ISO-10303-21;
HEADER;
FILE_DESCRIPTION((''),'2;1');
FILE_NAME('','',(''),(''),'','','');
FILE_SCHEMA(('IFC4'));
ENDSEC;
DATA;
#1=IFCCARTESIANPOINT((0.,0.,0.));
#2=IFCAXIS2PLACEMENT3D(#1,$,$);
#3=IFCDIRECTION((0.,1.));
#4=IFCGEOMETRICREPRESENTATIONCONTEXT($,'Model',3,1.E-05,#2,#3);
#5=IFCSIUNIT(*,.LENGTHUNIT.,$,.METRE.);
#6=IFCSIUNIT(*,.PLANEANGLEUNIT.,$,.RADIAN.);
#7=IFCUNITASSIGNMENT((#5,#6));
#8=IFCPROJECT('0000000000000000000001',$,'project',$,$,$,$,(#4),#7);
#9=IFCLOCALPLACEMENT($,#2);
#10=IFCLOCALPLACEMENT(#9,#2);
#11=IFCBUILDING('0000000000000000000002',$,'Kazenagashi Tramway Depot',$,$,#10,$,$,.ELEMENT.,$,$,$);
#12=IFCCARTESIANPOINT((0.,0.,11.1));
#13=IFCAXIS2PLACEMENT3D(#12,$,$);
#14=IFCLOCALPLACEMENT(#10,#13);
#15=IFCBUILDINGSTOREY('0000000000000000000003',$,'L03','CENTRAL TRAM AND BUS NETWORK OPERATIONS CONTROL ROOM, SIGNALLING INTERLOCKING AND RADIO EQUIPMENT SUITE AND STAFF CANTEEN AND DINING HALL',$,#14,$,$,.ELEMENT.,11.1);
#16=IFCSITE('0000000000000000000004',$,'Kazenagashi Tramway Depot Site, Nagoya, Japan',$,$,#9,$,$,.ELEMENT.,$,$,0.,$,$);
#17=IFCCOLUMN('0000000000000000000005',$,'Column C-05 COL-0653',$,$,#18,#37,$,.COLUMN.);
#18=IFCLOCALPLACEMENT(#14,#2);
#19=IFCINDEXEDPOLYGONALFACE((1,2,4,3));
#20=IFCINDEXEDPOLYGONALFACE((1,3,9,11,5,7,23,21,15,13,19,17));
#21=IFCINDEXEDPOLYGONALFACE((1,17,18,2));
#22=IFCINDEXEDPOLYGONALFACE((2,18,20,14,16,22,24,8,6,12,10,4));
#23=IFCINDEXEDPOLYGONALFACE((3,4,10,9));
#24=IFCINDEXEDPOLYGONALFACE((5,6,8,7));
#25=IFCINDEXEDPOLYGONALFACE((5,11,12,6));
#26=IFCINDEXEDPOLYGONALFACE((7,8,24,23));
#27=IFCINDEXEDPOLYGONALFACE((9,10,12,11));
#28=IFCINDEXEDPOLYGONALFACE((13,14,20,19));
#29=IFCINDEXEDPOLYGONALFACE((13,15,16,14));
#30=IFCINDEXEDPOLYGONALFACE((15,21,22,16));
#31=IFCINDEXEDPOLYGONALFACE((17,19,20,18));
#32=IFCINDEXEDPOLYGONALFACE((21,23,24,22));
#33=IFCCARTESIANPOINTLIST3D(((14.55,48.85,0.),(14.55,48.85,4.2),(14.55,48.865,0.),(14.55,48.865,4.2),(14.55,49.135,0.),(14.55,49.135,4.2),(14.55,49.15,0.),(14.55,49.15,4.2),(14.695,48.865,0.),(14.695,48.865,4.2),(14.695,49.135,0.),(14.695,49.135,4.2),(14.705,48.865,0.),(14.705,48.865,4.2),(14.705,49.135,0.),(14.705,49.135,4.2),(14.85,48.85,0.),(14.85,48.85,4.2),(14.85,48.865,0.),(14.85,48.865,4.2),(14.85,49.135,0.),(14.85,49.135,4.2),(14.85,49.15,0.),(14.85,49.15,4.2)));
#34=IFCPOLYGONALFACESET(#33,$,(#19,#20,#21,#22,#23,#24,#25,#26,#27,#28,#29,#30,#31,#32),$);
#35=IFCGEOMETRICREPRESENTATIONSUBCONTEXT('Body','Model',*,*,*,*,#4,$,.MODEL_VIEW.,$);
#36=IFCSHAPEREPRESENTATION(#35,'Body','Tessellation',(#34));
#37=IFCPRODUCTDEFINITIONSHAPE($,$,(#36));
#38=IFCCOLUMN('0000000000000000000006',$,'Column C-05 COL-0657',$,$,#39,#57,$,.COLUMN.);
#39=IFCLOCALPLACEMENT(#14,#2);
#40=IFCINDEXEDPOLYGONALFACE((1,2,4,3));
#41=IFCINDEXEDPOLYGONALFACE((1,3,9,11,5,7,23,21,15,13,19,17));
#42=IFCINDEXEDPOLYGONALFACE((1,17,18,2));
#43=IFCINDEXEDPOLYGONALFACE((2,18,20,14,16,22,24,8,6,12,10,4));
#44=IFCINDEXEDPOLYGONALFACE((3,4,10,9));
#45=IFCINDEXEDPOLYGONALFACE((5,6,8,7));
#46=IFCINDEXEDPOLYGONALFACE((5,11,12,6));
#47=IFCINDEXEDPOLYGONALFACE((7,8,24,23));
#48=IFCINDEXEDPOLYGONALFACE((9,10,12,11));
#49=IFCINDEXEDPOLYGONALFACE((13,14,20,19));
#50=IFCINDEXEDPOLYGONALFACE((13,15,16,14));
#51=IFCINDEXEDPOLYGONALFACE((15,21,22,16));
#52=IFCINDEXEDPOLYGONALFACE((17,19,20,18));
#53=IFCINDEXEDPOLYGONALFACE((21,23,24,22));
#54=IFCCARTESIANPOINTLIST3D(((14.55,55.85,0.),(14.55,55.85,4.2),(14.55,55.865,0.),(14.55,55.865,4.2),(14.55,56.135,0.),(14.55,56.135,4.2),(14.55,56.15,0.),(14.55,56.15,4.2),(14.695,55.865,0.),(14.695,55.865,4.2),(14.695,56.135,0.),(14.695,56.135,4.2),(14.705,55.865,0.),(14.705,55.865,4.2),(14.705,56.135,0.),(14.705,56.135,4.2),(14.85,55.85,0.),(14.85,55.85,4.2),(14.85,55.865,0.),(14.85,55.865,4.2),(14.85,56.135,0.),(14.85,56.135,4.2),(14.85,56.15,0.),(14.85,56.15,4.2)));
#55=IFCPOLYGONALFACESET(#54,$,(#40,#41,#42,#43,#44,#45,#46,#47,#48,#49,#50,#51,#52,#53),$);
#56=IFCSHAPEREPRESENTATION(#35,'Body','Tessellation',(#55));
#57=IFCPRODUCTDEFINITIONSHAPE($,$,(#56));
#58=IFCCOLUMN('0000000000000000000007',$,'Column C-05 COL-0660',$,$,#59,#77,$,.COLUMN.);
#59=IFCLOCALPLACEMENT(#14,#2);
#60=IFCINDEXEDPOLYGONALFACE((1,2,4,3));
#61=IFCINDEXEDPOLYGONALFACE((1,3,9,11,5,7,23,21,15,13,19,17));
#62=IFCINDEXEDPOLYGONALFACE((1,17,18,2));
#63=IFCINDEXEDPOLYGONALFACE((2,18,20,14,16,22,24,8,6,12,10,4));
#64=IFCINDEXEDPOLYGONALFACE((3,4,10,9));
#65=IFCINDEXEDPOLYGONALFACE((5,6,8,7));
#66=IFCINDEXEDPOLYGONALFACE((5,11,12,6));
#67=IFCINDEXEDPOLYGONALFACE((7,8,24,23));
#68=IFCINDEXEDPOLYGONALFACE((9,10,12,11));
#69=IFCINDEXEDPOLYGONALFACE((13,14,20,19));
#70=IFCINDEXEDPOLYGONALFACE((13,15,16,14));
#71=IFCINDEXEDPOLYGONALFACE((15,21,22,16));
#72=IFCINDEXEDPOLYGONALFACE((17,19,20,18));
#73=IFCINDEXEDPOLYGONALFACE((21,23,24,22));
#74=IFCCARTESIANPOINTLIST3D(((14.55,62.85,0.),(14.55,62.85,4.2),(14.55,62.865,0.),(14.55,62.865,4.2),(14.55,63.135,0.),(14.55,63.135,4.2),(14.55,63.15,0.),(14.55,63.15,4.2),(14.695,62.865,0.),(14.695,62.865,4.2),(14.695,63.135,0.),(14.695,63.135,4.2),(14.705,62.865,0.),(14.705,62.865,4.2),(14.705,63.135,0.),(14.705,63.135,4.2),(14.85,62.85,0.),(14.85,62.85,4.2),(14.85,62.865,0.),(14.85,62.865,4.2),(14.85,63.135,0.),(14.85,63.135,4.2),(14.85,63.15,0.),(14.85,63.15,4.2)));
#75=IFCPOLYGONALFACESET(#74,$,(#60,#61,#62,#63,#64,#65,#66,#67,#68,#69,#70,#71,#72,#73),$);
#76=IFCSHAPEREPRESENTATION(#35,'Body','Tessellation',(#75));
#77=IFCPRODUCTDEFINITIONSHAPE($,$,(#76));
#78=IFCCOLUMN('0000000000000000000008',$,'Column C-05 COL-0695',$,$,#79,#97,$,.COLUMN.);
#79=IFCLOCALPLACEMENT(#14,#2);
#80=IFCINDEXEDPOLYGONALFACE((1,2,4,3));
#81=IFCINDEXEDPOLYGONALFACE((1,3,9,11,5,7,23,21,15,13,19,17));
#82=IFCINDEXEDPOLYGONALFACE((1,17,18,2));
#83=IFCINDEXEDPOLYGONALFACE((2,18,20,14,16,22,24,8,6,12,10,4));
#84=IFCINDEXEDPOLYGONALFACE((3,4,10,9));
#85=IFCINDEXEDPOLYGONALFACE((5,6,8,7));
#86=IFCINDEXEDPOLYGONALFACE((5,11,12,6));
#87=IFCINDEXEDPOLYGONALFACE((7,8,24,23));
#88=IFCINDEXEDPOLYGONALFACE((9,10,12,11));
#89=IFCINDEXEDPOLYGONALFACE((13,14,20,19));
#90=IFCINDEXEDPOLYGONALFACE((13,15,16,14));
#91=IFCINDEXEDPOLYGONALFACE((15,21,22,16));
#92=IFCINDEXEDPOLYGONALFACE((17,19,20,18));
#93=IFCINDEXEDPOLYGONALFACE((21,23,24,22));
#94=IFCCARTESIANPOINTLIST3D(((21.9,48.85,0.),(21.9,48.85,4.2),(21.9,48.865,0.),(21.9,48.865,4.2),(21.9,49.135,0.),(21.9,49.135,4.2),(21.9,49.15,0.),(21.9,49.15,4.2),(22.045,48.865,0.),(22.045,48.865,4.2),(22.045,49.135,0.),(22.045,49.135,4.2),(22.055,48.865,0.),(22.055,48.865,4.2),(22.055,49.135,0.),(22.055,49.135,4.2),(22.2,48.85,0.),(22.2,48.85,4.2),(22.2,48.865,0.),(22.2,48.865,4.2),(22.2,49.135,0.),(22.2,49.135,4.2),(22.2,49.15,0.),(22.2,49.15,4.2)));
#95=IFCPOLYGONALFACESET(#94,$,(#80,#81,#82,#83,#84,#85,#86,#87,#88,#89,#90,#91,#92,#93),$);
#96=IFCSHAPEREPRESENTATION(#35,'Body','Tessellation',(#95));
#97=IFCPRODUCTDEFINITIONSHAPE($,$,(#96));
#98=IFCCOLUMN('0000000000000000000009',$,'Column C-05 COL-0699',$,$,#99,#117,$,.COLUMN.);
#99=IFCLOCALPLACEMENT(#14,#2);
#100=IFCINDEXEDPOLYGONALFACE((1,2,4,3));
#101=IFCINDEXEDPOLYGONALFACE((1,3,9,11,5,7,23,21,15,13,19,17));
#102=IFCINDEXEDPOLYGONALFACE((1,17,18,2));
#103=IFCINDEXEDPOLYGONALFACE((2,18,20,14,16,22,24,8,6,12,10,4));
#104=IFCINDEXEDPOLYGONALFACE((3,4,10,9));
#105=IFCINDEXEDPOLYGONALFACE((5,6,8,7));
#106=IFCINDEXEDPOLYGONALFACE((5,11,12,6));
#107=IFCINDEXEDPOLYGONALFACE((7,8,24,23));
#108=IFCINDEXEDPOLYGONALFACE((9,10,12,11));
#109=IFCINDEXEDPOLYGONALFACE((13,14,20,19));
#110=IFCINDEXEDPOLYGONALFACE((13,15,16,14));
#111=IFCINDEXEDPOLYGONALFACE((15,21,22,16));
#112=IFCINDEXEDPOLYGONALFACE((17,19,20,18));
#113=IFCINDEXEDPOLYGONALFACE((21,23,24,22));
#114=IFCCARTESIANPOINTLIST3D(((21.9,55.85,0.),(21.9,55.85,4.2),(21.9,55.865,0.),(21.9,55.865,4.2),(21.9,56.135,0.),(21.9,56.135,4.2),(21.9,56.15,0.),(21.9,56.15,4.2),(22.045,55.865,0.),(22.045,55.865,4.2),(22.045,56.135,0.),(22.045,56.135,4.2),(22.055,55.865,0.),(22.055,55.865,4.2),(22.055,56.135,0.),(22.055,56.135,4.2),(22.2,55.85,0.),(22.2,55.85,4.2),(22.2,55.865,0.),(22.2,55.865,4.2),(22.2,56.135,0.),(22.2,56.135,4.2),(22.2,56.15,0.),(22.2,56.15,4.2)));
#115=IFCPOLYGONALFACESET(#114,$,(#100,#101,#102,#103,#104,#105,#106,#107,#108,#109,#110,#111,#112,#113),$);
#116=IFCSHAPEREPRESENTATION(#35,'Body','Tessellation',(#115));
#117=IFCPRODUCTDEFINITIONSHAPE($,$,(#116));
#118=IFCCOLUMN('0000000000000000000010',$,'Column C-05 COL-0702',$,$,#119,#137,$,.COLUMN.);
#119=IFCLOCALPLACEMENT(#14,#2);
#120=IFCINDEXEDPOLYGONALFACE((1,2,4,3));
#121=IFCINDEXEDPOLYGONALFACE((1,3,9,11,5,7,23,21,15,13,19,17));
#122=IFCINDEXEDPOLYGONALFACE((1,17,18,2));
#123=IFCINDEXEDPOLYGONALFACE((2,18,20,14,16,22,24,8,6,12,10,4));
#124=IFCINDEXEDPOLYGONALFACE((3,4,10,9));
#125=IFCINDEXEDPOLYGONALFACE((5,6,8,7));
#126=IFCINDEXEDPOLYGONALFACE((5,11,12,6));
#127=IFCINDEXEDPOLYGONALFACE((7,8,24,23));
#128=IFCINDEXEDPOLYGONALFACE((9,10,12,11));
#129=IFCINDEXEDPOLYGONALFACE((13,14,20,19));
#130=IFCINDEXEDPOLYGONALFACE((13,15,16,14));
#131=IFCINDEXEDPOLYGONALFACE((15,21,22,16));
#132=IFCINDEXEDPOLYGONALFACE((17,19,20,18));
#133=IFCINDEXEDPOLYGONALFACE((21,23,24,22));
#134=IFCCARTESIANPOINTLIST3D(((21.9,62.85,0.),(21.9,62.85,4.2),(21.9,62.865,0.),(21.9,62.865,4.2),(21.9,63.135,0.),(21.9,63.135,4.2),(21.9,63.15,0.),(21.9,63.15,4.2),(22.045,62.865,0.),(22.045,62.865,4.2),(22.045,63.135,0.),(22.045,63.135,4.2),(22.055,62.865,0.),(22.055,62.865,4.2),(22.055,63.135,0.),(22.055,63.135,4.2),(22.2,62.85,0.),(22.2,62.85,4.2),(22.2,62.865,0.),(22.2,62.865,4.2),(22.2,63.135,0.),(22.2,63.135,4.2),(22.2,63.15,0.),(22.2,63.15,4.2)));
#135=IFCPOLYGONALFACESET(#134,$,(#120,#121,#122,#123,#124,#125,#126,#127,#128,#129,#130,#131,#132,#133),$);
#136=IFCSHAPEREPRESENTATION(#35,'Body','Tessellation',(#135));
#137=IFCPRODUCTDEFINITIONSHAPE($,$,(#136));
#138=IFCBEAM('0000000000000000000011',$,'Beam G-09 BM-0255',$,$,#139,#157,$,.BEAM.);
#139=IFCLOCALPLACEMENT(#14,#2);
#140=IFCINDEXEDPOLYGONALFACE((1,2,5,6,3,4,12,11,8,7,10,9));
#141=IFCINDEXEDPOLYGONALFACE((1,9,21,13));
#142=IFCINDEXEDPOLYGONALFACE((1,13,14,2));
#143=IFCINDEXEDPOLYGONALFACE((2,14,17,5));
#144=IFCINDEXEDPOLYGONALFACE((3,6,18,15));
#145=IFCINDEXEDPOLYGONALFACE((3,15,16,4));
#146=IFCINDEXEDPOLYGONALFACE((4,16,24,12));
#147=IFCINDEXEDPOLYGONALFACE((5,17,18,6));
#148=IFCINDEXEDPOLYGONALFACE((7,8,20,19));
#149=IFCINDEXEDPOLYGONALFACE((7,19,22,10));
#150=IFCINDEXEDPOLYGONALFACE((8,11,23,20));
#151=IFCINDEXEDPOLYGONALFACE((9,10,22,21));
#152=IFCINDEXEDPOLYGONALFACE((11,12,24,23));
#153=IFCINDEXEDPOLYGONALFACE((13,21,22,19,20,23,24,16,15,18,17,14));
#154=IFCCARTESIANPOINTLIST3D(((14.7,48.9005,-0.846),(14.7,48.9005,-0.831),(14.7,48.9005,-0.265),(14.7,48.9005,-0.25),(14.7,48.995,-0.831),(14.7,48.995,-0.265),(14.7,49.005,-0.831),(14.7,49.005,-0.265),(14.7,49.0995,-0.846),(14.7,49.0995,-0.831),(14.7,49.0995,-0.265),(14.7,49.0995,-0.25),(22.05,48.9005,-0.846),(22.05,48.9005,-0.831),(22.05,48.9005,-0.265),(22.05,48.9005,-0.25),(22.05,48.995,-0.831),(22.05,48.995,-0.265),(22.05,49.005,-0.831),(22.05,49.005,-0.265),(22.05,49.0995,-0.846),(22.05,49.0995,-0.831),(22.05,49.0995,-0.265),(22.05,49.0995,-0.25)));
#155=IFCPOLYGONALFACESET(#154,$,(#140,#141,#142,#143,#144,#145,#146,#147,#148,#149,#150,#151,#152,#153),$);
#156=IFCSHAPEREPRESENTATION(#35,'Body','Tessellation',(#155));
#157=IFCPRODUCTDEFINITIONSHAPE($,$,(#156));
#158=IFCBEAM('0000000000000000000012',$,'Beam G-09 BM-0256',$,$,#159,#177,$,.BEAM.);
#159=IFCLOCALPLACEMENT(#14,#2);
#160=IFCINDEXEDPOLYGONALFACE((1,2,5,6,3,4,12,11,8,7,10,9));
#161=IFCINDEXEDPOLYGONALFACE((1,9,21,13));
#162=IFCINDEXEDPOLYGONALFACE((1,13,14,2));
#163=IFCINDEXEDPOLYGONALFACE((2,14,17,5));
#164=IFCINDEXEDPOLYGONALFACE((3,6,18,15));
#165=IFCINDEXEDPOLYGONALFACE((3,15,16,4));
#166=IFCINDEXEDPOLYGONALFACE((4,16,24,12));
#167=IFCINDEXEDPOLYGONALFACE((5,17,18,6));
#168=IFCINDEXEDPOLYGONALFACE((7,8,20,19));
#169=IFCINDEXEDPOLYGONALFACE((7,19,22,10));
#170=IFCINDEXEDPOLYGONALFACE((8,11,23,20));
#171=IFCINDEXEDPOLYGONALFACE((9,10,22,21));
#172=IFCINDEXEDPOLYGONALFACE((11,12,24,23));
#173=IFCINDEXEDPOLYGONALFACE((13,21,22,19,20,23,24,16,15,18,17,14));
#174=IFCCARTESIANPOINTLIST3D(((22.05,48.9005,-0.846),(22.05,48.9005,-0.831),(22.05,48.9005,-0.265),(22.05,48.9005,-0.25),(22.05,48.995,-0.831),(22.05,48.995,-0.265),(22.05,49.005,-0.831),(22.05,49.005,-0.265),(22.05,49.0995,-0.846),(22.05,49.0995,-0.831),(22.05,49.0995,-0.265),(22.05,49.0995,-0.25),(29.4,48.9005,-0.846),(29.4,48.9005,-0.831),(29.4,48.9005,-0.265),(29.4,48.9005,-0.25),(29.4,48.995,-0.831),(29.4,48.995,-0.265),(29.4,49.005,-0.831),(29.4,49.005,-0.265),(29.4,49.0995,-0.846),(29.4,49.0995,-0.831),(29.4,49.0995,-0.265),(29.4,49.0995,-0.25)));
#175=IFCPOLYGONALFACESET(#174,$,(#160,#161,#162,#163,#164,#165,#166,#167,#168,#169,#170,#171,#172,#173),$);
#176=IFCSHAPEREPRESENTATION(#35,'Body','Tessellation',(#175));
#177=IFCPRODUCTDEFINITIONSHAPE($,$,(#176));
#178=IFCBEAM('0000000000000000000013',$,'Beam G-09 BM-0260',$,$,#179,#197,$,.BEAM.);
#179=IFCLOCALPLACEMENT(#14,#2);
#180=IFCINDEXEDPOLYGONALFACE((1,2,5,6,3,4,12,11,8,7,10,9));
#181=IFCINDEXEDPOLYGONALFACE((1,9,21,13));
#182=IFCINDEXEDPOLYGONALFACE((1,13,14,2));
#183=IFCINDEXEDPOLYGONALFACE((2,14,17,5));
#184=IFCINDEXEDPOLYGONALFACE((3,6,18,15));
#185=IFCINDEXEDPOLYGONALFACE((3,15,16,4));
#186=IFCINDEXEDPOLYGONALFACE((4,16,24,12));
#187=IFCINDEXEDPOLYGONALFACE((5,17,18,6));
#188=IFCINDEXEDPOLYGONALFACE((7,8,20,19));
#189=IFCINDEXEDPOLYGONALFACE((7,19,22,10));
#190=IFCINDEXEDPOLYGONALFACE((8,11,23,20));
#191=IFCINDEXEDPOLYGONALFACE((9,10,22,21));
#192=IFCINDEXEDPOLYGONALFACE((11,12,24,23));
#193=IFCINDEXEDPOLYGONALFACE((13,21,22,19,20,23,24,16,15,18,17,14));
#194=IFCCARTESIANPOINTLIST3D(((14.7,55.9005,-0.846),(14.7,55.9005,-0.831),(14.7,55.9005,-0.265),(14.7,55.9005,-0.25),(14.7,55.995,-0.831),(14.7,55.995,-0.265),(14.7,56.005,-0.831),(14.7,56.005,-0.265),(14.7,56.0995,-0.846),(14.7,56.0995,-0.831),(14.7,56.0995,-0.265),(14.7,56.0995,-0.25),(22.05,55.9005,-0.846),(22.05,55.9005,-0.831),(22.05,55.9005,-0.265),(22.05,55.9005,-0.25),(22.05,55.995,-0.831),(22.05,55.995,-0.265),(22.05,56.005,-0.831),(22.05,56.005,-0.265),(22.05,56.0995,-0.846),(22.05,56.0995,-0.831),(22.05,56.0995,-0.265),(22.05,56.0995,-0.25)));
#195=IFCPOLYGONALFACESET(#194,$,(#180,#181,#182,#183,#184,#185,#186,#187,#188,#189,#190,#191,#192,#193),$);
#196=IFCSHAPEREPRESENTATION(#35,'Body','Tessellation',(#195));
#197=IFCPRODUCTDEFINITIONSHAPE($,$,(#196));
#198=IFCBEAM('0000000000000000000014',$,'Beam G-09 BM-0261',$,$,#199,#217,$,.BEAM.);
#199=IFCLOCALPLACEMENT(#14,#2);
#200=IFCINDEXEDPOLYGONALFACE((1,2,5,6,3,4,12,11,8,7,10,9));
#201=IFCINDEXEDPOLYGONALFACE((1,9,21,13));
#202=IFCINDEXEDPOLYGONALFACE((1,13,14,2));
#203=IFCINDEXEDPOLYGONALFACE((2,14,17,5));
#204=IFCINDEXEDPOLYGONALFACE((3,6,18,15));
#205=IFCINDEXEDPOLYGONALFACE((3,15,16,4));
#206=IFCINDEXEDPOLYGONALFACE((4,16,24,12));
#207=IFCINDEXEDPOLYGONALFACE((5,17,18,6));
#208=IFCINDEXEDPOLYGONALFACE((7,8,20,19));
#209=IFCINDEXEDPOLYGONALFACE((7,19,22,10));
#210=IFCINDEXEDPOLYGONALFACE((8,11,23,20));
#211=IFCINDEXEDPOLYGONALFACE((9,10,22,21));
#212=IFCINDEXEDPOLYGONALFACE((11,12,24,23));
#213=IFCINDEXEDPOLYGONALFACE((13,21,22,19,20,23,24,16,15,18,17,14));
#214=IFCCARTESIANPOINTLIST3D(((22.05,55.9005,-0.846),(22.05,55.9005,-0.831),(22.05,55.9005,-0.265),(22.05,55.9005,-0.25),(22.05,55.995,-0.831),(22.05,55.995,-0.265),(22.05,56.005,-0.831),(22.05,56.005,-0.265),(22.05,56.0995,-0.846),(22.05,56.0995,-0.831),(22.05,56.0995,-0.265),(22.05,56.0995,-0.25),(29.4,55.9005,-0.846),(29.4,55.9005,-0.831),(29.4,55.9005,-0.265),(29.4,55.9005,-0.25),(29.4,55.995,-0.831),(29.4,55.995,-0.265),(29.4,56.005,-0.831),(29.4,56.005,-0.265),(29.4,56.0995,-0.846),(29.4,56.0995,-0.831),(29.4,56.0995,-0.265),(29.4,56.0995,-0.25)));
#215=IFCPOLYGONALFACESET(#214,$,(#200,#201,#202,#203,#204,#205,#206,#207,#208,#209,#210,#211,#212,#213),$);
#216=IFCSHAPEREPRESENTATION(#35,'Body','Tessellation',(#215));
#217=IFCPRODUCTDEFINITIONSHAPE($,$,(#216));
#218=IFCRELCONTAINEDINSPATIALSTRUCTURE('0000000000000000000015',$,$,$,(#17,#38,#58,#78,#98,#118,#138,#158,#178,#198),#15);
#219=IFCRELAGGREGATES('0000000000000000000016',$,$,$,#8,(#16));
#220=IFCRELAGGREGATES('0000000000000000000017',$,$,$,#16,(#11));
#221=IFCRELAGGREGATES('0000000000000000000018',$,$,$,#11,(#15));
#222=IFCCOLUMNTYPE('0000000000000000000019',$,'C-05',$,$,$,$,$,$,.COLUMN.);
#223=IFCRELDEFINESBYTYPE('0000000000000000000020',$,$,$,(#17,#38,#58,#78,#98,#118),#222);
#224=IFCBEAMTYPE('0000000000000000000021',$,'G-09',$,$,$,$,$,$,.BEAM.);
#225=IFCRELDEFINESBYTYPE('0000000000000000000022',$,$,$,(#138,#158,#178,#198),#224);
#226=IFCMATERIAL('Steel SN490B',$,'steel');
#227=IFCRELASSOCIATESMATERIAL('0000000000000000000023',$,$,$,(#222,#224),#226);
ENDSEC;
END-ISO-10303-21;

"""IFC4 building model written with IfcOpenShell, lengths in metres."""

from ifc_helpers import new_model, si_unit, direction, frame, origin, origin_2d, place, context, subcontext, project, spatial, i_section, extrude, material, material_profile, profile_set, type_object, element, save


model = new_model("IFC4")

# Units and contexts
model_context = context("Model", 3, precision=1e-05, world=origin(), true_north=direction((0.0, 1.0)))
body_context = subcontext(model_context, "Body", "Model", "MODEL_VIEW")
ifc_project = project(units=[si_unit("LENGTHUNIT", "METRE"), si_unit("PLANEANGLEUNIT", "RADIAN")], contexts=[model_context])

# Site, building, storey
site_placement = place(None, origin())
site = spatial("IfcSite", under=ifc_project, at=site_placement, Name="Kazenagashi Tramway Depot Site, Nagoya, Japan", CompositionType="ELEMENT", RefElevation=0.0)
building_placement = place(site_placement, origin())
building = spatial("IfcBuilding", under=site, at=building_placement, Name="Kazenagashi Tramway Depot", CompositionType="ELEMENT")
storey_placement = place(building_placement, frame((0.0, 0.0, 11.1)))
storey = spatial("IfcBuildingStorey", under=building, at=storey_placement, Name="L03", Description="CENTRAL TRAM AND BUS NETWORK OPERATIONS CONTROL ROOM, SIGNALLING INTERLOCKING AND RADIO EQUIPMENT SUITE AND STAFF CANTEEN AND DINING HALL", CompositionType="ELEMENT", Elevation=11.1)

# Columns
ifc_material = material(Name="Steel SN490B", Category="steel")
ifc_material_profile_1 = material_profile(ifc_material, i_section(OverallWidth=0.3, OverallDepth=0.3, WebThickness=0.01, FlangeThickness=0.015, at=origin_2d()), Name="H-300x300x10x15")
ifc_profile_set_1 = profile_set([ifc_material_profile_1], Name="Steel SN490B")
column_type = type_object("IfcColumnType", Name="C-05", PredefinedType="COLUMN", material=ifc_profile_set_1)
for number, where, z_axis, x_axis, name in (
    (1, (14.7, 49.0, 0.0), (0.0, 0.0, 1.0), (1.0, 0.0, 0.0), "Column C-05 COL-0653"),
    (2, (14.7, 56.0, 0.0), (0.0, 0.0, 1.0), (1.0, 0.0, 0.0), "Column C-05 COL-0657"),
    (3, (14.7, 63.0, 0.0), (0.0, 0.0, 1.0), (1.0, 0.0, 0.0), "Column C-05 COL-0660"),
    (4, (22.05, 49.0, 0.0), (0.0, 0.0, 1.0), (1.0, 0.0, 0.0), "Column C-05 COL-0695"),
    (5, (22.05, 56.0, 0.0), (0.0, 0.0, 1.0), (1.0, 0.0, 0.0), "Column C-05 COL-0699"),
    (6, (22.05, 63.0, 0.0), (0.0, 0.0, 1.0), (1.0, 0.0, 0.0), "Column C-05 COL-0702"),
):
    element("IfcColumn", number, at=place(storey_placement, frame(where, z_axis=z_axis, x_axis=x_axis)), inside=storey, type_object=column_type, Name=name, PredefinedType="COLUMN", context=body_context, shape_type="SweptSolid", body=[
        extrude(i_section(OverallWidth=0.3, OverallDepth=0.3, WebThickness=0.01, FlangeThickness=0.015, at=origin_2d()), origin(), (0.0, 0.0, 1.0), 4.2),
    ])

# Beams
ifc_material_profile_2 = material_profile(ifc_material, i_section(OverallWidth=0.199, OverallDepth=0.596, WebThickness=0.01, FlangeThickness=0.015, at=origin_2d()), Name="H-596x199x10x15")
ifc_profile_set_2 = profile_set([ifc_material_profile_2], Name="Steel SN490B")
beam_type_1 = type_object("IfcBeamType", Name="G-09", PredefinedType="BEAM", material=ifc_profile_set_2)
for number, where, z_axis, x_axis, name in (
    (7, (14.7, 49.0, -0.548), (1.0, 0.0, 0.0), (0.0, 1.0, 0.0), "Beam G-09 BM-0255"),
    (8, (22.05, 49.0, -0.548), (1.0, 0.0, 0.0), (0.0, 1.0, 0.0), "Beam G-09 BM-0256"),
    (9, (14.7, 56.0, -0.548), (1.0, 0.0, 0.0), (0.0, 1.0, 0.0), "Beam G-09 BM-0260"),
    (10, (22.05, 56.0, -0.548), (1.0, 0.0, 0.0), (0.0, 1.0, 0.0), "Beam G-09 BM-0261"),
):
    element("IfcBeam", number, at=place(storey_placement, frame(where, z_axis=z_axis, x_axis=x_axis)), inside=storey, type_object=beam_type_1, Name=name, PredefinedType="BEAM", context=body_context, shape_type="SweptSolid", body=[
        extrude(i_section(OverallWidth=0.199, OverallDepth=0.596, WebThickness=0.01, FlangeThickness=0.015, at=origin_2d()), origin(), (0.0, 0.0, 1.0), 7.35),
    ])

save(model, "model.ifc")
